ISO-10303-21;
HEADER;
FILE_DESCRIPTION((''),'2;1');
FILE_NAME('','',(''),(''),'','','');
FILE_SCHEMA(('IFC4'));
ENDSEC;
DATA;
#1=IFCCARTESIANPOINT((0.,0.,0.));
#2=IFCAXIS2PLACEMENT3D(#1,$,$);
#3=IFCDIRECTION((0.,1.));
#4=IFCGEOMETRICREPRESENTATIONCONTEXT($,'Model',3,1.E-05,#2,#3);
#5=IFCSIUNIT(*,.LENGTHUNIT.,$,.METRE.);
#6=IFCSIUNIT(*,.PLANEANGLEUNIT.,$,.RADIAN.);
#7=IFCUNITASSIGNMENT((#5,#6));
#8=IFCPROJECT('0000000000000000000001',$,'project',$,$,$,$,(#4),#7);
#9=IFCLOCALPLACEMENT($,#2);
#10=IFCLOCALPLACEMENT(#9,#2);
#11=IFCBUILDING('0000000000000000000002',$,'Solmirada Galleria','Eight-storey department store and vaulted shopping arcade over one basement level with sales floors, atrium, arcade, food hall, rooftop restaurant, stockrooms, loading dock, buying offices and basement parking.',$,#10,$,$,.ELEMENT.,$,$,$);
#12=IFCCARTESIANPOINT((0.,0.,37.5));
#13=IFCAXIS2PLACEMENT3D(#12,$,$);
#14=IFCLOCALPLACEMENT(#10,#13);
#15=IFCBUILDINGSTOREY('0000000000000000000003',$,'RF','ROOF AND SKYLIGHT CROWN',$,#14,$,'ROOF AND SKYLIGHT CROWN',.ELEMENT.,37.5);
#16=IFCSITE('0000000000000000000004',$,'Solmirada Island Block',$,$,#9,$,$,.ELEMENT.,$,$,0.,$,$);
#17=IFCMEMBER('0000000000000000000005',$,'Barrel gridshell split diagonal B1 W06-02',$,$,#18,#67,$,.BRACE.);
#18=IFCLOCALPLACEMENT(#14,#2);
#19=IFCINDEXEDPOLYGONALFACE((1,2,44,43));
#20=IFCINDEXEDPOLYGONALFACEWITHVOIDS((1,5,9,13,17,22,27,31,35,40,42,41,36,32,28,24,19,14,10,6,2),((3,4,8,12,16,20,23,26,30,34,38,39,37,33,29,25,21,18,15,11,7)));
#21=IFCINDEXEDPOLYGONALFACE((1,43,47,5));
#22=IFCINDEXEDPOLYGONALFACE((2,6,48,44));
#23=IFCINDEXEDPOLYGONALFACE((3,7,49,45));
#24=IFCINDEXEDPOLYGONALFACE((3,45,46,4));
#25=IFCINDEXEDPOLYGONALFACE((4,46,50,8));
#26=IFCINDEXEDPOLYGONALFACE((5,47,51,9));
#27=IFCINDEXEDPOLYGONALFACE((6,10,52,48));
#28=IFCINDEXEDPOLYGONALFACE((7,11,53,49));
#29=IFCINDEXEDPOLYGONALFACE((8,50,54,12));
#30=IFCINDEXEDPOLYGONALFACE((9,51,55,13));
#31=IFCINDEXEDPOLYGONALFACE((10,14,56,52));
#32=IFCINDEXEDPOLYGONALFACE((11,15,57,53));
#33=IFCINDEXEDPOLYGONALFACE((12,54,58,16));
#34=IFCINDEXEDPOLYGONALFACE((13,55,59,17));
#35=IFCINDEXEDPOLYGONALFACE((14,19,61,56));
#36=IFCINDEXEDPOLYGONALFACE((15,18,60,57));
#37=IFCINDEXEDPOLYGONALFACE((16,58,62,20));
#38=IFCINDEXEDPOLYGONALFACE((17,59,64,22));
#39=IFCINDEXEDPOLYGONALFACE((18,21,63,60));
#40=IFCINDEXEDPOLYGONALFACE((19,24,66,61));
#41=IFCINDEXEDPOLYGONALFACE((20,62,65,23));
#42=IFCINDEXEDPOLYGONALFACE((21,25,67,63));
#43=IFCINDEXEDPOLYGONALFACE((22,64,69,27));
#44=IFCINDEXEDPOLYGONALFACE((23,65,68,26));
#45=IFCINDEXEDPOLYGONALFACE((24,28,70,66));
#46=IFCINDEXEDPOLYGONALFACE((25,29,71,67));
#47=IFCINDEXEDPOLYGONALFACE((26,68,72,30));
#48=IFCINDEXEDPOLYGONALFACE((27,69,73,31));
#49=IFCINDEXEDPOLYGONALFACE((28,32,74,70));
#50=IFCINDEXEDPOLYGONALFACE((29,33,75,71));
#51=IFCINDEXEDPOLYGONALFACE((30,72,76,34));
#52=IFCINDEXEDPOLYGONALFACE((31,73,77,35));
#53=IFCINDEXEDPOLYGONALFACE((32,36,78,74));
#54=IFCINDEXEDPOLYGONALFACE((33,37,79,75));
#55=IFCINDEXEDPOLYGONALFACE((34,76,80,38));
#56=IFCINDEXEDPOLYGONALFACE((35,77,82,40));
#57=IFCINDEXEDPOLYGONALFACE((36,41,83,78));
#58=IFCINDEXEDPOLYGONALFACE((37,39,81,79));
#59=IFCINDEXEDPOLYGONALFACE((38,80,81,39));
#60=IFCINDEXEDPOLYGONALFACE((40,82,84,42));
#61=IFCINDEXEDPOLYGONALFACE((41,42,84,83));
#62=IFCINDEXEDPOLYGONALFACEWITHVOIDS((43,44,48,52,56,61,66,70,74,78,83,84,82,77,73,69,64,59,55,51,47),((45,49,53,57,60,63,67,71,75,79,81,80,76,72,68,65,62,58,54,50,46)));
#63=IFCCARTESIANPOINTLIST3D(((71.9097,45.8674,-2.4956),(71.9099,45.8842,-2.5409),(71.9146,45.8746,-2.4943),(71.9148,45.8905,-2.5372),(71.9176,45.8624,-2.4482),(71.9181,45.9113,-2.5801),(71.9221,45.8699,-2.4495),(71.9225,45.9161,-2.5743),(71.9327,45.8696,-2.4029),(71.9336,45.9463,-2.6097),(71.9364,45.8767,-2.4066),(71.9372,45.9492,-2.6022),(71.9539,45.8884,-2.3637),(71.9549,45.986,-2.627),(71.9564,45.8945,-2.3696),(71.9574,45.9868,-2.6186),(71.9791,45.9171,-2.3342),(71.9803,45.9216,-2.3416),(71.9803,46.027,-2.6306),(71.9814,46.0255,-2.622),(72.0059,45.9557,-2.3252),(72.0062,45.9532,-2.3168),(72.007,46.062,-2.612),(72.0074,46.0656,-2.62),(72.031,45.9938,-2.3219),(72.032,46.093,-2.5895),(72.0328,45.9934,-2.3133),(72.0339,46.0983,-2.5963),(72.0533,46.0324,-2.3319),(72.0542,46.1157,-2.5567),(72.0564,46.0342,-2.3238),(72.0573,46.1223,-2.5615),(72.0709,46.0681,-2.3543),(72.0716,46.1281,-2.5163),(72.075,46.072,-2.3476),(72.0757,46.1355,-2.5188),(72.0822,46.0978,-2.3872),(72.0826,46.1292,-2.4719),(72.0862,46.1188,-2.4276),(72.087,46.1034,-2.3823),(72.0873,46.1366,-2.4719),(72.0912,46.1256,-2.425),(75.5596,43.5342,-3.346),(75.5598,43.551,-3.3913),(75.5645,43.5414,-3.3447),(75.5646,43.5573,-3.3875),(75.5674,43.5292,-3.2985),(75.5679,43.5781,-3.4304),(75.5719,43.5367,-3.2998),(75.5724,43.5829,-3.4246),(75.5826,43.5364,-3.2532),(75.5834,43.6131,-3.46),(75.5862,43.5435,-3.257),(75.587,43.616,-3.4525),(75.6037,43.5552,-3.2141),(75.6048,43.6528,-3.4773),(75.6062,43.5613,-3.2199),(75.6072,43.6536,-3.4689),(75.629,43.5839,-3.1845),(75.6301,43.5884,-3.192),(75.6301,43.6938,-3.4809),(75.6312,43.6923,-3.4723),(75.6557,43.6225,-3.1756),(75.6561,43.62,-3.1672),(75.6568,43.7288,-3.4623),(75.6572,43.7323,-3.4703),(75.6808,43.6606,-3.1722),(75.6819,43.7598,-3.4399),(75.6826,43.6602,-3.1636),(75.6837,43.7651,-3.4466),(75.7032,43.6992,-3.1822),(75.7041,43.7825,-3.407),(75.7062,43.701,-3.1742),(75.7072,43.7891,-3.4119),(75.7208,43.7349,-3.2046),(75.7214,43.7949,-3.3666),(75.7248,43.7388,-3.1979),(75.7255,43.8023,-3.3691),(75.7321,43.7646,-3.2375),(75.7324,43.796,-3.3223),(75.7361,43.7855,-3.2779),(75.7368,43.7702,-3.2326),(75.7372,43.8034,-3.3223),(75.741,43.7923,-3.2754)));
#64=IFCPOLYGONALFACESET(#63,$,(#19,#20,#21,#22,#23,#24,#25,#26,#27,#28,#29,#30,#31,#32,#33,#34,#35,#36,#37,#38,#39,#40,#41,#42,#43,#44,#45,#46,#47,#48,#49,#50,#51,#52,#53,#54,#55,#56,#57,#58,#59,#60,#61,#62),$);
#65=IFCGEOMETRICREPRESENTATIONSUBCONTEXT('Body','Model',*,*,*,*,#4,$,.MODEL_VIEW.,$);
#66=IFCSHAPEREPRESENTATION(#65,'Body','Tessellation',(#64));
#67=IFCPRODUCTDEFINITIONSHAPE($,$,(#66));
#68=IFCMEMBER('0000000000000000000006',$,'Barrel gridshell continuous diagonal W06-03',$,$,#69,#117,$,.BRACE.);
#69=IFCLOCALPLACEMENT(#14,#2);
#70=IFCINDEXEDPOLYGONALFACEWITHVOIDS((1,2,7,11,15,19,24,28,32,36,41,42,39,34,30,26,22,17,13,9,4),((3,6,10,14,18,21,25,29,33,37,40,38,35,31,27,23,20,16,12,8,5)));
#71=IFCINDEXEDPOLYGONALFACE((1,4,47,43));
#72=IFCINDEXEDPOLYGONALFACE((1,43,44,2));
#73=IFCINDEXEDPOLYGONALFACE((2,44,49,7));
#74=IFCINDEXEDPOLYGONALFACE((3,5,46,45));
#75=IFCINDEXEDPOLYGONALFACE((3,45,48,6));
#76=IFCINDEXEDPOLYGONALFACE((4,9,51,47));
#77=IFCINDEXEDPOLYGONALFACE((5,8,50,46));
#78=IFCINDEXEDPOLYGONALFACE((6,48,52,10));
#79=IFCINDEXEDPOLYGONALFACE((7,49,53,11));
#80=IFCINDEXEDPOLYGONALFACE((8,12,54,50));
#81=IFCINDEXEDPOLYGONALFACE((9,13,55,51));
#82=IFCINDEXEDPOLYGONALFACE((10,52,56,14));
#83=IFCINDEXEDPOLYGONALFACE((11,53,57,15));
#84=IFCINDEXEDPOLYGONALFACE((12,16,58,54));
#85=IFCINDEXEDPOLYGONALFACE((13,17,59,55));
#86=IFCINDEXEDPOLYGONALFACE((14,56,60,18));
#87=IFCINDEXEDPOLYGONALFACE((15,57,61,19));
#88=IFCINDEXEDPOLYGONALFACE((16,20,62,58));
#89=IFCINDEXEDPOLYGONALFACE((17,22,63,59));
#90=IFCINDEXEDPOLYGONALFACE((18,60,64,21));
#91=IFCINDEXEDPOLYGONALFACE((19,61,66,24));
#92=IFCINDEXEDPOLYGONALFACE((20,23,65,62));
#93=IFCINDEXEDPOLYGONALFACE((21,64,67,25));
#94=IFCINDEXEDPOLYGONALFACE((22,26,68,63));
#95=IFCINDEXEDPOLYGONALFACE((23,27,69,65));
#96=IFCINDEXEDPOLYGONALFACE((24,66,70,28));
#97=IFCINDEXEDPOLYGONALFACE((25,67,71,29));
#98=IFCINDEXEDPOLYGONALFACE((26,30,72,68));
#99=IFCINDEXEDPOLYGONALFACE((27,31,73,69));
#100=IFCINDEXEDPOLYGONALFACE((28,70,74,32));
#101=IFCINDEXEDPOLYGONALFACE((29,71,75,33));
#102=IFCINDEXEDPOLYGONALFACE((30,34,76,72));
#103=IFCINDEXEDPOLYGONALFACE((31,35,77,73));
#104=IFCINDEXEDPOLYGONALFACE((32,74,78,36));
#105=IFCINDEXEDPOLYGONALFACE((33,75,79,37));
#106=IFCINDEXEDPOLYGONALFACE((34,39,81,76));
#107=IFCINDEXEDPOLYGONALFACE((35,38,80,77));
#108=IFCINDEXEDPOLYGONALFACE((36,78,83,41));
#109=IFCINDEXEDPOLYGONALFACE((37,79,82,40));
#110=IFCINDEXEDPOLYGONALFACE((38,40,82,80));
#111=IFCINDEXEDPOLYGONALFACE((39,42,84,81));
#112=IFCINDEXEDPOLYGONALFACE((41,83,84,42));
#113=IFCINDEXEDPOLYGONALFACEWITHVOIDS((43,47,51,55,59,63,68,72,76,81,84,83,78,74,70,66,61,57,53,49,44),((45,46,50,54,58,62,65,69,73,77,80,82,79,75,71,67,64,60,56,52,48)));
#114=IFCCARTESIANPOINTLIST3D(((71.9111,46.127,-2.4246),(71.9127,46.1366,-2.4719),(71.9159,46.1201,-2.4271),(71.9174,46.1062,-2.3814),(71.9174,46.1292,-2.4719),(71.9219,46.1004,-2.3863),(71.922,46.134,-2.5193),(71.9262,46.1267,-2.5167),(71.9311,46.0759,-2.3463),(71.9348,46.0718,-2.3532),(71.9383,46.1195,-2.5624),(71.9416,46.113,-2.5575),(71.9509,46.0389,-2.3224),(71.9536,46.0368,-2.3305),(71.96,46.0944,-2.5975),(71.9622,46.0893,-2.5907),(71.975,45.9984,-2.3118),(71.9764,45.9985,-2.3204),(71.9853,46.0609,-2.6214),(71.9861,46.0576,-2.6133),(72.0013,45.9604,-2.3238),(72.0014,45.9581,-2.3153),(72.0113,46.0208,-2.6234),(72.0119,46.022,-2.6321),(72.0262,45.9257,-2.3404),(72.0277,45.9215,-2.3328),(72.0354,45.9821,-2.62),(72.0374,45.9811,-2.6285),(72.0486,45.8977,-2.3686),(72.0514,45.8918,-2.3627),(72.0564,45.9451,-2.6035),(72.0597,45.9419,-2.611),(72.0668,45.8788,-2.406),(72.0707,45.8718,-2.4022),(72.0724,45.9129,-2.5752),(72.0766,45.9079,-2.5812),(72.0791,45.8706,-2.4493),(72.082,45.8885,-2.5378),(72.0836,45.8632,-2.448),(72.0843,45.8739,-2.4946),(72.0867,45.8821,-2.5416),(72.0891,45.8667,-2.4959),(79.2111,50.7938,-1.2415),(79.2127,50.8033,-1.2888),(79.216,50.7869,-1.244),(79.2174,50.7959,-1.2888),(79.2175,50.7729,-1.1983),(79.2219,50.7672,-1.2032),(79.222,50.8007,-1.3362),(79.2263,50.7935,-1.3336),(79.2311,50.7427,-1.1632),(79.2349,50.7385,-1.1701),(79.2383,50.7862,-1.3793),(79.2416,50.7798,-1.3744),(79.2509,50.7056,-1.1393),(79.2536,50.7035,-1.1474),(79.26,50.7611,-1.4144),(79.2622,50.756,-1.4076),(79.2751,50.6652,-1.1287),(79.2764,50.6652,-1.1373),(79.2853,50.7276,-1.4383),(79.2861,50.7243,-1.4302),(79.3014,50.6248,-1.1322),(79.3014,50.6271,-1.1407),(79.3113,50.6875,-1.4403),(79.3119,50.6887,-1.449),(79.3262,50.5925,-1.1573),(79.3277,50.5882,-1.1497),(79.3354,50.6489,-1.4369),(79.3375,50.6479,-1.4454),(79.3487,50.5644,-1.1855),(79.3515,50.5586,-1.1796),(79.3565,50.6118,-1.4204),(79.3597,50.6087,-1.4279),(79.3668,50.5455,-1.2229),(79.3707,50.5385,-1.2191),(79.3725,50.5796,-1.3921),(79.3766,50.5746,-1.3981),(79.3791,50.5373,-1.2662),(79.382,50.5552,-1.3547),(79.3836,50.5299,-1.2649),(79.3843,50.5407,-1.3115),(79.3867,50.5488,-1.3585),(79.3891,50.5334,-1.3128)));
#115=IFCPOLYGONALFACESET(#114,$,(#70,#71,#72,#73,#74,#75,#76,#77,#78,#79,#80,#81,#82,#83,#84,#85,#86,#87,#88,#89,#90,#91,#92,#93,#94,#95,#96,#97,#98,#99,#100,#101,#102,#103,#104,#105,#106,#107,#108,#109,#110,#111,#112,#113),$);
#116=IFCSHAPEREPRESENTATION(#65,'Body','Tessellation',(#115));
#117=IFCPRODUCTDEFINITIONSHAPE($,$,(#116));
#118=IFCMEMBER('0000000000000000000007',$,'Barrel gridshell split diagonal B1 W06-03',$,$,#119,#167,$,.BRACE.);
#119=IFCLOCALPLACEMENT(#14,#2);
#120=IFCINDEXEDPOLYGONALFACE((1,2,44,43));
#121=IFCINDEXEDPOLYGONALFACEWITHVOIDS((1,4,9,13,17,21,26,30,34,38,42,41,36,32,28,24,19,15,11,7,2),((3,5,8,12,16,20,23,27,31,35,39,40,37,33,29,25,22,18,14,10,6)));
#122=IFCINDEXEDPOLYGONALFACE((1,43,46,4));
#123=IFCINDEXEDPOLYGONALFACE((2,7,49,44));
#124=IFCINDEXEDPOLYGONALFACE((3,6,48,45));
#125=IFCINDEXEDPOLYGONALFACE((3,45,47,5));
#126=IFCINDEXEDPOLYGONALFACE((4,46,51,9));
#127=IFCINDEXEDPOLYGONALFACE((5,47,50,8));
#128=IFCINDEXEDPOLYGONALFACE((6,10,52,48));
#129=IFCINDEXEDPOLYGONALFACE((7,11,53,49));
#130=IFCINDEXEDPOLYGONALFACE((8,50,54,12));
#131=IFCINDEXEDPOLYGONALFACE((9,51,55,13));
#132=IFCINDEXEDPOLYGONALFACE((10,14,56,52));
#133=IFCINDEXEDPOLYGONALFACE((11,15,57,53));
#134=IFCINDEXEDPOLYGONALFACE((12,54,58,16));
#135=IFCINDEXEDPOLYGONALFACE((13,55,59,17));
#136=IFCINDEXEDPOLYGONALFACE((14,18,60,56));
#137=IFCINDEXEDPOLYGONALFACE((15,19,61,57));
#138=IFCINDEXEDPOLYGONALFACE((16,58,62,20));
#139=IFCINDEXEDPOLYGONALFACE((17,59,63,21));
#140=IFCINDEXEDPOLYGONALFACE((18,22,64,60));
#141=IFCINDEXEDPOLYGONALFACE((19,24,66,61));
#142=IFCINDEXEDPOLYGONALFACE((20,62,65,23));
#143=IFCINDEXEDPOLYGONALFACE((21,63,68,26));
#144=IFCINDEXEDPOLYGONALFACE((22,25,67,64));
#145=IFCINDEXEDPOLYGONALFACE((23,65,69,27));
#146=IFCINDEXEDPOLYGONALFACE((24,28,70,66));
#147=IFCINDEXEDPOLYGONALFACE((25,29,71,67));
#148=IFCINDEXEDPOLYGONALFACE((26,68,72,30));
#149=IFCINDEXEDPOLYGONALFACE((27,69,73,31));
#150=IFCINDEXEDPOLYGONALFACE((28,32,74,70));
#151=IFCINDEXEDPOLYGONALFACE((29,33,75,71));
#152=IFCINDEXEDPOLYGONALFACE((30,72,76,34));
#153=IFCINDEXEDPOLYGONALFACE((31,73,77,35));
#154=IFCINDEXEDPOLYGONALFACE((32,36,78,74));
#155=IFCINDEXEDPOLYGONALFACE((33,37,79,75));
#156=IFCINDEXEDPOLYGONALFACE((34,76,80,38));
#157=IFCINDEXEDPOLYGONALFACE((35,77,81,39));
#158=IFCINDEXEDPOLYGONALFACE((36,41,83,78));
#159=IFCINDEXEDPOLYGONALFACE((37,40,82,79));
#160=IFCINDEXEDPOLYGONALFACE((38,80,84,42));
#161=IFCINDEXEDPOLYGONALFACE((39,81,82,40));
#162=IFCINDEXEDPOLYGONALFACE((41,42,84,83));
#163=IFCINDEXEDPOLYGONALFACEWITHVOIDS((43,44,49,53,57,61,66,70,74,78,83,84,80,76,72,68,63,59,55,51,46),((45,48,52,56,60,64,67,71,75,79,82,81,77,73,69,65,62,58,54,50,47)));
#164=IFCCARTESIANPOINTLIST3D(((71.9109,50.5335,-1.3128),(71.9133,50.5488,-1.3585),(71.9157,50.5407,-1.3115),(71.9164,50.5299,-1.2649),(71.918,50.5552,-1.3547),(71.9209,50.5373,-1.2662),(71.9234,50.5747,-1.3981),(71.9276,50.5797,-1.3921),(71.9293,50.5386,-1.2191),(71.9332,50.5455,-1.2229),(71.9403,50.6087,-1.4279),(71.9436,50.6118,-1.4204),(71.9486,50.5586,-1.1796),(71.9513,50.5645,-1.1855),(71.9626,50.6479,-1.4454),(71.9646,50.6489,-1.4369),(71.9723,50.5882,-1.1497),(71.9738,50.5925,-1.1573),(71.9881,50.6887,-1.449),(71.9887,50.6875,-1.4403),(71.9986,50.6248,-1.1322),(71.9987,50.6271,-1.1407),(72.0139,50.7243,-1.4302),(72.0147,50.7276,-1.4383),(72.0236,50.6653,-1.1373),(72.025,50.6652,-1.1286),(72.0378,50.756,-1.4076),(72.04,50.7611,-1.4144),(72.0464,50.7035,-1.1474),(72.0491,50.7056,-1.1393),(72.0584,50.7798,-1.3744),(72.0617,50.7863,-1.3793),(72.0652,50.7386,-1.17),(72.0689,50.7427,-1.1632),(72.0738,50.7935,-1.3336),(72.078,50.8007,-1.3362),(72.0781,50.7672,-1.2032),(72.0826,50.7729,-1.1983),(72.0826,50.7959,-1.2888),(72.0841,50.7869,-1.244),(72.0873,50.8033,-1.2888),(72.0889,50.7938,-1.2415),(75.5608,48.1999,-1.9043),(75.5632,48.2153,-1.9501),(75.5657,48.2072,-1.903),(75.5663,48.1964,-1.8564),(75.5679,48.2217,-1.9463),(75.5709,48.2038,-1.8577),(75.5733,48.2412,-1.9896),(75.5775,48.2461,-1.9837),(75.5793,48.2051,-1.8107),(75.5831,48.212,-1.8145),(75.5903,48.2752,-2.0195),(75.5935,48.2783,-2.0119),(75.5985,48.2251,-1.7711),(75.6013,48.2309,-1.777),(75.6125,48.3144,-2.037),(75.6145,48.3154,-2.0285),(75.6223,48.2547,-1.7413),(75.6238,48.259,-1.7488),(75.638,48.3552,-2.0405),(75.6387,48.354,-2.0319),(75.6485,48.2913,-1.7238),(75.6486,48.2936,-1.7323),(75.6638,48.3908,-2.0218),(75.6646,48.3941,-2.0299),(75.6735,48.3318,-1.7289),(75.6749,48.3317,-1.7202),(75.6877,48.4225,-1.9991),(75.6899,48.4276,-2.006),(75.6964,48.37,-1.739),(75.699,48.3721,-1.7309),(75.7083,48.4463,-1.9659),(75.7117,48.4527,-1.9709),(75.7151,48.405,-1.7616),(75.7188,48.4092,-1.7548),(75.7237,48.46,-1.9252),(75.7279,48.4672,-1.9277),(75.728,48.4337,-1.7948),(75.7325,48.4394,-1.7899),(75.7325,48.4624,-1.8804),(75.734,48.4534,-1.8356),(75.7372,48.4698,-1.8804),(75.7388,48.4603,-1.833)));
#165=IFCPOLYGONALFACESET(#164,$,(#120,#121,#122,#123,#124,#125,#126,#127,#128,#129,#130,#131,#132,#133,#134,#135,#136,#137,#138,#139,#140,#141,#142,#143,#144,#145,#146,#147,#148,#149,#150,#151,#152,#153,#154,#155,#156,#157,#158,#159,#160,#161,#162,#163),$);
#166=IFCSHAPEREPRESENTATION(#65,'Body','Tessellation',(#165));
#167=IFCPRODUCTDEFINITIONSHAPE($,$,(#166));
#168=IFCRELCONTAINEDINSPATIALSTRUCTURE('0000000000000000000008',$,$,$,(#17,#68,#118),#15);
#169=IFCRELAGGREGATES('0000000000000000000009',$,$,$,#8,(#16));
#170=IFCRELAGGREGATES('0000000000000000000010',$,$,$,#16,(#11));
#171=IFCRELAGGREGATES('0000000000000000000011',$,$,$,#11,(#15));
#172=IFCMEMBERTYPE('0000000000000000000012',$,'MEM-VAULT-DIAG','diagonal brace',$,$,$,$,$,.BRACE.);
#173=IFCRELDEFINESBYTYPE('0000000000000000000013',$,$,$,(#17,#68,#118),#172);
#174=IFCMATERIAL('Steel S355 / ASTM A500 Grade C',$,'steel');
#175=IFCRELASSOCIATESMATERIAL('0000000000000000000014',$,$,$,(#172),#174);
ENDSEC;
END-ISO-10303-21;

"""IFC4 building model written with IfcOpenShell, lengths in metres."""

from ifc_helpers import new_model, si_unit, direction, frame, origin, origin_2d, place, context, subcontext, project, spatial, hollow_circle, extrude, material, material_profile, profile_set, type_object, element, save


model = new_model("IFC4")

# Units and contexts
model_context = context("Model", 3, precision=1e-05, world=origin(), true_north=direction((0.0, 1.0)))
body_context = subcontext(model_context, "Body", "Model", "MODEL_VIEW")
ifc_project = project(units=[si_unit("LENGTHUNIT", "METRE"), si_unit("PLANEANGLEUNIT", "RADIAN")], contexts=[model_context])

# Site, building, storey
site_placement = place(None, origin())
site = spatial("IfcSite", under=ifc_project, at=site_placement, Name="Solmirada Island Block", CompositionType="ELEMENT", RefElevation=0.0)
building_placement = place(site_placement, origin())
building = spatial("IfcBuilding", under=site, at=building_placement, Name="Solmirada Galleria", Description="Eight-storey department store and vaulted shopping arcade over one basement level with sales floors, atrium, arcade, food hall, rooftop restaurant, stockrooms, loading dock, buying offices and basement parking.", CompositionType="ELEMENT")
storey_placement = place(building_placement, frame((0.0, 0.0, 37.5)))
storey = spatial("IfcBuildingStorey", under=building, at=storey_placement, Name="RF", Description="ROOF AND SKYLIGHT CROWN", LongName="ROOF AND SKYLIGHT CROWN", CompositionType="ELEMENT", Elevation=37.5)

# Members
ifc_material_1 = material(Name="Steel S355 / ASTM A500 Grade C", Category="steel")
ifc_material_profile_1 = material_profile(ifc_material_1, hollow_circle(Radius=0.1621, WallThickness=0.0088, at=origin_2d()), Name="HSS12.750X0.375")
ifc_profile_set_1 = profile_set([ifc_material_profile_1], Name="Steel S355 / ASTM A500 Grade C")
member_type_1 = type_object("IfcMemberType", Name="MEM-VAULT-DIAG", Description="diagonal brace", PredefinedType="BRACE", material=ifc_profile_set_1)
member_1_placement = place(storey_placement, frame((72.0, 46.0, -2.4719), z_axis=(0.826775, -0.528528, -0.192619), x_axis=(0.538614, 0.842553, 0.0)))
element("IfcMember", 1, at=member_1_placement, inside=storey, type_object=member_type_1, Name="Barrel gridshell split diagonal B1 W06-02", PredefinedType="BRACE", context=body_context, shape_type="SweptSolid", body=[
    extrude(hollow_circle(Radius=0.1621, WallThickness=0.0088, at=origin_2d()), origin(), (0.0, 0.0, 1.0), 4.4146),
])
member_2_placement = place(storey_placement, frame((72.0, 46.0, -2.4719), z_axis=(0.834801, 0.533669, 0.135295), x_axis=(-0.538621, 0.842548, 0.0)))
element("IfcMember", 2, at=member_2_placement, inside=storey, type_object=member_type_1, Name="Barrel gridshell continuous diagonal W06-03", PredefinedType="BRACE", context=body_context, shape_type="SweptSolid", body=[
    extrude(hollow_circle(Radius=0.1621, WallThickness=0.0088, at=origin_2d()), origin(), (0.0, 0.0, 1.0), 8.7446),
])
member_3_placement = place(storey_placement, frame((72.0, 50.6667, -1.2888), z_axis=(0.83478, -0.533701, -0.135296), x_axis=(0.538654, 0.842527, 0.0)))
element("IfcMember", 3, at=member_3_placement, inside=storey, type_object=member_type_1, Name="Barrel gridshell split diagonal B1 W06-03", PredefinedType="BRACE", context=body_context, shape_type="SweptSolid", body=[
    extrude(hollow_circle(Radius=0.1621, WallThickness=0.0088, at=origin_2d()), origin(), (0.0, 0.0, 1.0), 4.3723),
])

save(model, "model.ifc")
